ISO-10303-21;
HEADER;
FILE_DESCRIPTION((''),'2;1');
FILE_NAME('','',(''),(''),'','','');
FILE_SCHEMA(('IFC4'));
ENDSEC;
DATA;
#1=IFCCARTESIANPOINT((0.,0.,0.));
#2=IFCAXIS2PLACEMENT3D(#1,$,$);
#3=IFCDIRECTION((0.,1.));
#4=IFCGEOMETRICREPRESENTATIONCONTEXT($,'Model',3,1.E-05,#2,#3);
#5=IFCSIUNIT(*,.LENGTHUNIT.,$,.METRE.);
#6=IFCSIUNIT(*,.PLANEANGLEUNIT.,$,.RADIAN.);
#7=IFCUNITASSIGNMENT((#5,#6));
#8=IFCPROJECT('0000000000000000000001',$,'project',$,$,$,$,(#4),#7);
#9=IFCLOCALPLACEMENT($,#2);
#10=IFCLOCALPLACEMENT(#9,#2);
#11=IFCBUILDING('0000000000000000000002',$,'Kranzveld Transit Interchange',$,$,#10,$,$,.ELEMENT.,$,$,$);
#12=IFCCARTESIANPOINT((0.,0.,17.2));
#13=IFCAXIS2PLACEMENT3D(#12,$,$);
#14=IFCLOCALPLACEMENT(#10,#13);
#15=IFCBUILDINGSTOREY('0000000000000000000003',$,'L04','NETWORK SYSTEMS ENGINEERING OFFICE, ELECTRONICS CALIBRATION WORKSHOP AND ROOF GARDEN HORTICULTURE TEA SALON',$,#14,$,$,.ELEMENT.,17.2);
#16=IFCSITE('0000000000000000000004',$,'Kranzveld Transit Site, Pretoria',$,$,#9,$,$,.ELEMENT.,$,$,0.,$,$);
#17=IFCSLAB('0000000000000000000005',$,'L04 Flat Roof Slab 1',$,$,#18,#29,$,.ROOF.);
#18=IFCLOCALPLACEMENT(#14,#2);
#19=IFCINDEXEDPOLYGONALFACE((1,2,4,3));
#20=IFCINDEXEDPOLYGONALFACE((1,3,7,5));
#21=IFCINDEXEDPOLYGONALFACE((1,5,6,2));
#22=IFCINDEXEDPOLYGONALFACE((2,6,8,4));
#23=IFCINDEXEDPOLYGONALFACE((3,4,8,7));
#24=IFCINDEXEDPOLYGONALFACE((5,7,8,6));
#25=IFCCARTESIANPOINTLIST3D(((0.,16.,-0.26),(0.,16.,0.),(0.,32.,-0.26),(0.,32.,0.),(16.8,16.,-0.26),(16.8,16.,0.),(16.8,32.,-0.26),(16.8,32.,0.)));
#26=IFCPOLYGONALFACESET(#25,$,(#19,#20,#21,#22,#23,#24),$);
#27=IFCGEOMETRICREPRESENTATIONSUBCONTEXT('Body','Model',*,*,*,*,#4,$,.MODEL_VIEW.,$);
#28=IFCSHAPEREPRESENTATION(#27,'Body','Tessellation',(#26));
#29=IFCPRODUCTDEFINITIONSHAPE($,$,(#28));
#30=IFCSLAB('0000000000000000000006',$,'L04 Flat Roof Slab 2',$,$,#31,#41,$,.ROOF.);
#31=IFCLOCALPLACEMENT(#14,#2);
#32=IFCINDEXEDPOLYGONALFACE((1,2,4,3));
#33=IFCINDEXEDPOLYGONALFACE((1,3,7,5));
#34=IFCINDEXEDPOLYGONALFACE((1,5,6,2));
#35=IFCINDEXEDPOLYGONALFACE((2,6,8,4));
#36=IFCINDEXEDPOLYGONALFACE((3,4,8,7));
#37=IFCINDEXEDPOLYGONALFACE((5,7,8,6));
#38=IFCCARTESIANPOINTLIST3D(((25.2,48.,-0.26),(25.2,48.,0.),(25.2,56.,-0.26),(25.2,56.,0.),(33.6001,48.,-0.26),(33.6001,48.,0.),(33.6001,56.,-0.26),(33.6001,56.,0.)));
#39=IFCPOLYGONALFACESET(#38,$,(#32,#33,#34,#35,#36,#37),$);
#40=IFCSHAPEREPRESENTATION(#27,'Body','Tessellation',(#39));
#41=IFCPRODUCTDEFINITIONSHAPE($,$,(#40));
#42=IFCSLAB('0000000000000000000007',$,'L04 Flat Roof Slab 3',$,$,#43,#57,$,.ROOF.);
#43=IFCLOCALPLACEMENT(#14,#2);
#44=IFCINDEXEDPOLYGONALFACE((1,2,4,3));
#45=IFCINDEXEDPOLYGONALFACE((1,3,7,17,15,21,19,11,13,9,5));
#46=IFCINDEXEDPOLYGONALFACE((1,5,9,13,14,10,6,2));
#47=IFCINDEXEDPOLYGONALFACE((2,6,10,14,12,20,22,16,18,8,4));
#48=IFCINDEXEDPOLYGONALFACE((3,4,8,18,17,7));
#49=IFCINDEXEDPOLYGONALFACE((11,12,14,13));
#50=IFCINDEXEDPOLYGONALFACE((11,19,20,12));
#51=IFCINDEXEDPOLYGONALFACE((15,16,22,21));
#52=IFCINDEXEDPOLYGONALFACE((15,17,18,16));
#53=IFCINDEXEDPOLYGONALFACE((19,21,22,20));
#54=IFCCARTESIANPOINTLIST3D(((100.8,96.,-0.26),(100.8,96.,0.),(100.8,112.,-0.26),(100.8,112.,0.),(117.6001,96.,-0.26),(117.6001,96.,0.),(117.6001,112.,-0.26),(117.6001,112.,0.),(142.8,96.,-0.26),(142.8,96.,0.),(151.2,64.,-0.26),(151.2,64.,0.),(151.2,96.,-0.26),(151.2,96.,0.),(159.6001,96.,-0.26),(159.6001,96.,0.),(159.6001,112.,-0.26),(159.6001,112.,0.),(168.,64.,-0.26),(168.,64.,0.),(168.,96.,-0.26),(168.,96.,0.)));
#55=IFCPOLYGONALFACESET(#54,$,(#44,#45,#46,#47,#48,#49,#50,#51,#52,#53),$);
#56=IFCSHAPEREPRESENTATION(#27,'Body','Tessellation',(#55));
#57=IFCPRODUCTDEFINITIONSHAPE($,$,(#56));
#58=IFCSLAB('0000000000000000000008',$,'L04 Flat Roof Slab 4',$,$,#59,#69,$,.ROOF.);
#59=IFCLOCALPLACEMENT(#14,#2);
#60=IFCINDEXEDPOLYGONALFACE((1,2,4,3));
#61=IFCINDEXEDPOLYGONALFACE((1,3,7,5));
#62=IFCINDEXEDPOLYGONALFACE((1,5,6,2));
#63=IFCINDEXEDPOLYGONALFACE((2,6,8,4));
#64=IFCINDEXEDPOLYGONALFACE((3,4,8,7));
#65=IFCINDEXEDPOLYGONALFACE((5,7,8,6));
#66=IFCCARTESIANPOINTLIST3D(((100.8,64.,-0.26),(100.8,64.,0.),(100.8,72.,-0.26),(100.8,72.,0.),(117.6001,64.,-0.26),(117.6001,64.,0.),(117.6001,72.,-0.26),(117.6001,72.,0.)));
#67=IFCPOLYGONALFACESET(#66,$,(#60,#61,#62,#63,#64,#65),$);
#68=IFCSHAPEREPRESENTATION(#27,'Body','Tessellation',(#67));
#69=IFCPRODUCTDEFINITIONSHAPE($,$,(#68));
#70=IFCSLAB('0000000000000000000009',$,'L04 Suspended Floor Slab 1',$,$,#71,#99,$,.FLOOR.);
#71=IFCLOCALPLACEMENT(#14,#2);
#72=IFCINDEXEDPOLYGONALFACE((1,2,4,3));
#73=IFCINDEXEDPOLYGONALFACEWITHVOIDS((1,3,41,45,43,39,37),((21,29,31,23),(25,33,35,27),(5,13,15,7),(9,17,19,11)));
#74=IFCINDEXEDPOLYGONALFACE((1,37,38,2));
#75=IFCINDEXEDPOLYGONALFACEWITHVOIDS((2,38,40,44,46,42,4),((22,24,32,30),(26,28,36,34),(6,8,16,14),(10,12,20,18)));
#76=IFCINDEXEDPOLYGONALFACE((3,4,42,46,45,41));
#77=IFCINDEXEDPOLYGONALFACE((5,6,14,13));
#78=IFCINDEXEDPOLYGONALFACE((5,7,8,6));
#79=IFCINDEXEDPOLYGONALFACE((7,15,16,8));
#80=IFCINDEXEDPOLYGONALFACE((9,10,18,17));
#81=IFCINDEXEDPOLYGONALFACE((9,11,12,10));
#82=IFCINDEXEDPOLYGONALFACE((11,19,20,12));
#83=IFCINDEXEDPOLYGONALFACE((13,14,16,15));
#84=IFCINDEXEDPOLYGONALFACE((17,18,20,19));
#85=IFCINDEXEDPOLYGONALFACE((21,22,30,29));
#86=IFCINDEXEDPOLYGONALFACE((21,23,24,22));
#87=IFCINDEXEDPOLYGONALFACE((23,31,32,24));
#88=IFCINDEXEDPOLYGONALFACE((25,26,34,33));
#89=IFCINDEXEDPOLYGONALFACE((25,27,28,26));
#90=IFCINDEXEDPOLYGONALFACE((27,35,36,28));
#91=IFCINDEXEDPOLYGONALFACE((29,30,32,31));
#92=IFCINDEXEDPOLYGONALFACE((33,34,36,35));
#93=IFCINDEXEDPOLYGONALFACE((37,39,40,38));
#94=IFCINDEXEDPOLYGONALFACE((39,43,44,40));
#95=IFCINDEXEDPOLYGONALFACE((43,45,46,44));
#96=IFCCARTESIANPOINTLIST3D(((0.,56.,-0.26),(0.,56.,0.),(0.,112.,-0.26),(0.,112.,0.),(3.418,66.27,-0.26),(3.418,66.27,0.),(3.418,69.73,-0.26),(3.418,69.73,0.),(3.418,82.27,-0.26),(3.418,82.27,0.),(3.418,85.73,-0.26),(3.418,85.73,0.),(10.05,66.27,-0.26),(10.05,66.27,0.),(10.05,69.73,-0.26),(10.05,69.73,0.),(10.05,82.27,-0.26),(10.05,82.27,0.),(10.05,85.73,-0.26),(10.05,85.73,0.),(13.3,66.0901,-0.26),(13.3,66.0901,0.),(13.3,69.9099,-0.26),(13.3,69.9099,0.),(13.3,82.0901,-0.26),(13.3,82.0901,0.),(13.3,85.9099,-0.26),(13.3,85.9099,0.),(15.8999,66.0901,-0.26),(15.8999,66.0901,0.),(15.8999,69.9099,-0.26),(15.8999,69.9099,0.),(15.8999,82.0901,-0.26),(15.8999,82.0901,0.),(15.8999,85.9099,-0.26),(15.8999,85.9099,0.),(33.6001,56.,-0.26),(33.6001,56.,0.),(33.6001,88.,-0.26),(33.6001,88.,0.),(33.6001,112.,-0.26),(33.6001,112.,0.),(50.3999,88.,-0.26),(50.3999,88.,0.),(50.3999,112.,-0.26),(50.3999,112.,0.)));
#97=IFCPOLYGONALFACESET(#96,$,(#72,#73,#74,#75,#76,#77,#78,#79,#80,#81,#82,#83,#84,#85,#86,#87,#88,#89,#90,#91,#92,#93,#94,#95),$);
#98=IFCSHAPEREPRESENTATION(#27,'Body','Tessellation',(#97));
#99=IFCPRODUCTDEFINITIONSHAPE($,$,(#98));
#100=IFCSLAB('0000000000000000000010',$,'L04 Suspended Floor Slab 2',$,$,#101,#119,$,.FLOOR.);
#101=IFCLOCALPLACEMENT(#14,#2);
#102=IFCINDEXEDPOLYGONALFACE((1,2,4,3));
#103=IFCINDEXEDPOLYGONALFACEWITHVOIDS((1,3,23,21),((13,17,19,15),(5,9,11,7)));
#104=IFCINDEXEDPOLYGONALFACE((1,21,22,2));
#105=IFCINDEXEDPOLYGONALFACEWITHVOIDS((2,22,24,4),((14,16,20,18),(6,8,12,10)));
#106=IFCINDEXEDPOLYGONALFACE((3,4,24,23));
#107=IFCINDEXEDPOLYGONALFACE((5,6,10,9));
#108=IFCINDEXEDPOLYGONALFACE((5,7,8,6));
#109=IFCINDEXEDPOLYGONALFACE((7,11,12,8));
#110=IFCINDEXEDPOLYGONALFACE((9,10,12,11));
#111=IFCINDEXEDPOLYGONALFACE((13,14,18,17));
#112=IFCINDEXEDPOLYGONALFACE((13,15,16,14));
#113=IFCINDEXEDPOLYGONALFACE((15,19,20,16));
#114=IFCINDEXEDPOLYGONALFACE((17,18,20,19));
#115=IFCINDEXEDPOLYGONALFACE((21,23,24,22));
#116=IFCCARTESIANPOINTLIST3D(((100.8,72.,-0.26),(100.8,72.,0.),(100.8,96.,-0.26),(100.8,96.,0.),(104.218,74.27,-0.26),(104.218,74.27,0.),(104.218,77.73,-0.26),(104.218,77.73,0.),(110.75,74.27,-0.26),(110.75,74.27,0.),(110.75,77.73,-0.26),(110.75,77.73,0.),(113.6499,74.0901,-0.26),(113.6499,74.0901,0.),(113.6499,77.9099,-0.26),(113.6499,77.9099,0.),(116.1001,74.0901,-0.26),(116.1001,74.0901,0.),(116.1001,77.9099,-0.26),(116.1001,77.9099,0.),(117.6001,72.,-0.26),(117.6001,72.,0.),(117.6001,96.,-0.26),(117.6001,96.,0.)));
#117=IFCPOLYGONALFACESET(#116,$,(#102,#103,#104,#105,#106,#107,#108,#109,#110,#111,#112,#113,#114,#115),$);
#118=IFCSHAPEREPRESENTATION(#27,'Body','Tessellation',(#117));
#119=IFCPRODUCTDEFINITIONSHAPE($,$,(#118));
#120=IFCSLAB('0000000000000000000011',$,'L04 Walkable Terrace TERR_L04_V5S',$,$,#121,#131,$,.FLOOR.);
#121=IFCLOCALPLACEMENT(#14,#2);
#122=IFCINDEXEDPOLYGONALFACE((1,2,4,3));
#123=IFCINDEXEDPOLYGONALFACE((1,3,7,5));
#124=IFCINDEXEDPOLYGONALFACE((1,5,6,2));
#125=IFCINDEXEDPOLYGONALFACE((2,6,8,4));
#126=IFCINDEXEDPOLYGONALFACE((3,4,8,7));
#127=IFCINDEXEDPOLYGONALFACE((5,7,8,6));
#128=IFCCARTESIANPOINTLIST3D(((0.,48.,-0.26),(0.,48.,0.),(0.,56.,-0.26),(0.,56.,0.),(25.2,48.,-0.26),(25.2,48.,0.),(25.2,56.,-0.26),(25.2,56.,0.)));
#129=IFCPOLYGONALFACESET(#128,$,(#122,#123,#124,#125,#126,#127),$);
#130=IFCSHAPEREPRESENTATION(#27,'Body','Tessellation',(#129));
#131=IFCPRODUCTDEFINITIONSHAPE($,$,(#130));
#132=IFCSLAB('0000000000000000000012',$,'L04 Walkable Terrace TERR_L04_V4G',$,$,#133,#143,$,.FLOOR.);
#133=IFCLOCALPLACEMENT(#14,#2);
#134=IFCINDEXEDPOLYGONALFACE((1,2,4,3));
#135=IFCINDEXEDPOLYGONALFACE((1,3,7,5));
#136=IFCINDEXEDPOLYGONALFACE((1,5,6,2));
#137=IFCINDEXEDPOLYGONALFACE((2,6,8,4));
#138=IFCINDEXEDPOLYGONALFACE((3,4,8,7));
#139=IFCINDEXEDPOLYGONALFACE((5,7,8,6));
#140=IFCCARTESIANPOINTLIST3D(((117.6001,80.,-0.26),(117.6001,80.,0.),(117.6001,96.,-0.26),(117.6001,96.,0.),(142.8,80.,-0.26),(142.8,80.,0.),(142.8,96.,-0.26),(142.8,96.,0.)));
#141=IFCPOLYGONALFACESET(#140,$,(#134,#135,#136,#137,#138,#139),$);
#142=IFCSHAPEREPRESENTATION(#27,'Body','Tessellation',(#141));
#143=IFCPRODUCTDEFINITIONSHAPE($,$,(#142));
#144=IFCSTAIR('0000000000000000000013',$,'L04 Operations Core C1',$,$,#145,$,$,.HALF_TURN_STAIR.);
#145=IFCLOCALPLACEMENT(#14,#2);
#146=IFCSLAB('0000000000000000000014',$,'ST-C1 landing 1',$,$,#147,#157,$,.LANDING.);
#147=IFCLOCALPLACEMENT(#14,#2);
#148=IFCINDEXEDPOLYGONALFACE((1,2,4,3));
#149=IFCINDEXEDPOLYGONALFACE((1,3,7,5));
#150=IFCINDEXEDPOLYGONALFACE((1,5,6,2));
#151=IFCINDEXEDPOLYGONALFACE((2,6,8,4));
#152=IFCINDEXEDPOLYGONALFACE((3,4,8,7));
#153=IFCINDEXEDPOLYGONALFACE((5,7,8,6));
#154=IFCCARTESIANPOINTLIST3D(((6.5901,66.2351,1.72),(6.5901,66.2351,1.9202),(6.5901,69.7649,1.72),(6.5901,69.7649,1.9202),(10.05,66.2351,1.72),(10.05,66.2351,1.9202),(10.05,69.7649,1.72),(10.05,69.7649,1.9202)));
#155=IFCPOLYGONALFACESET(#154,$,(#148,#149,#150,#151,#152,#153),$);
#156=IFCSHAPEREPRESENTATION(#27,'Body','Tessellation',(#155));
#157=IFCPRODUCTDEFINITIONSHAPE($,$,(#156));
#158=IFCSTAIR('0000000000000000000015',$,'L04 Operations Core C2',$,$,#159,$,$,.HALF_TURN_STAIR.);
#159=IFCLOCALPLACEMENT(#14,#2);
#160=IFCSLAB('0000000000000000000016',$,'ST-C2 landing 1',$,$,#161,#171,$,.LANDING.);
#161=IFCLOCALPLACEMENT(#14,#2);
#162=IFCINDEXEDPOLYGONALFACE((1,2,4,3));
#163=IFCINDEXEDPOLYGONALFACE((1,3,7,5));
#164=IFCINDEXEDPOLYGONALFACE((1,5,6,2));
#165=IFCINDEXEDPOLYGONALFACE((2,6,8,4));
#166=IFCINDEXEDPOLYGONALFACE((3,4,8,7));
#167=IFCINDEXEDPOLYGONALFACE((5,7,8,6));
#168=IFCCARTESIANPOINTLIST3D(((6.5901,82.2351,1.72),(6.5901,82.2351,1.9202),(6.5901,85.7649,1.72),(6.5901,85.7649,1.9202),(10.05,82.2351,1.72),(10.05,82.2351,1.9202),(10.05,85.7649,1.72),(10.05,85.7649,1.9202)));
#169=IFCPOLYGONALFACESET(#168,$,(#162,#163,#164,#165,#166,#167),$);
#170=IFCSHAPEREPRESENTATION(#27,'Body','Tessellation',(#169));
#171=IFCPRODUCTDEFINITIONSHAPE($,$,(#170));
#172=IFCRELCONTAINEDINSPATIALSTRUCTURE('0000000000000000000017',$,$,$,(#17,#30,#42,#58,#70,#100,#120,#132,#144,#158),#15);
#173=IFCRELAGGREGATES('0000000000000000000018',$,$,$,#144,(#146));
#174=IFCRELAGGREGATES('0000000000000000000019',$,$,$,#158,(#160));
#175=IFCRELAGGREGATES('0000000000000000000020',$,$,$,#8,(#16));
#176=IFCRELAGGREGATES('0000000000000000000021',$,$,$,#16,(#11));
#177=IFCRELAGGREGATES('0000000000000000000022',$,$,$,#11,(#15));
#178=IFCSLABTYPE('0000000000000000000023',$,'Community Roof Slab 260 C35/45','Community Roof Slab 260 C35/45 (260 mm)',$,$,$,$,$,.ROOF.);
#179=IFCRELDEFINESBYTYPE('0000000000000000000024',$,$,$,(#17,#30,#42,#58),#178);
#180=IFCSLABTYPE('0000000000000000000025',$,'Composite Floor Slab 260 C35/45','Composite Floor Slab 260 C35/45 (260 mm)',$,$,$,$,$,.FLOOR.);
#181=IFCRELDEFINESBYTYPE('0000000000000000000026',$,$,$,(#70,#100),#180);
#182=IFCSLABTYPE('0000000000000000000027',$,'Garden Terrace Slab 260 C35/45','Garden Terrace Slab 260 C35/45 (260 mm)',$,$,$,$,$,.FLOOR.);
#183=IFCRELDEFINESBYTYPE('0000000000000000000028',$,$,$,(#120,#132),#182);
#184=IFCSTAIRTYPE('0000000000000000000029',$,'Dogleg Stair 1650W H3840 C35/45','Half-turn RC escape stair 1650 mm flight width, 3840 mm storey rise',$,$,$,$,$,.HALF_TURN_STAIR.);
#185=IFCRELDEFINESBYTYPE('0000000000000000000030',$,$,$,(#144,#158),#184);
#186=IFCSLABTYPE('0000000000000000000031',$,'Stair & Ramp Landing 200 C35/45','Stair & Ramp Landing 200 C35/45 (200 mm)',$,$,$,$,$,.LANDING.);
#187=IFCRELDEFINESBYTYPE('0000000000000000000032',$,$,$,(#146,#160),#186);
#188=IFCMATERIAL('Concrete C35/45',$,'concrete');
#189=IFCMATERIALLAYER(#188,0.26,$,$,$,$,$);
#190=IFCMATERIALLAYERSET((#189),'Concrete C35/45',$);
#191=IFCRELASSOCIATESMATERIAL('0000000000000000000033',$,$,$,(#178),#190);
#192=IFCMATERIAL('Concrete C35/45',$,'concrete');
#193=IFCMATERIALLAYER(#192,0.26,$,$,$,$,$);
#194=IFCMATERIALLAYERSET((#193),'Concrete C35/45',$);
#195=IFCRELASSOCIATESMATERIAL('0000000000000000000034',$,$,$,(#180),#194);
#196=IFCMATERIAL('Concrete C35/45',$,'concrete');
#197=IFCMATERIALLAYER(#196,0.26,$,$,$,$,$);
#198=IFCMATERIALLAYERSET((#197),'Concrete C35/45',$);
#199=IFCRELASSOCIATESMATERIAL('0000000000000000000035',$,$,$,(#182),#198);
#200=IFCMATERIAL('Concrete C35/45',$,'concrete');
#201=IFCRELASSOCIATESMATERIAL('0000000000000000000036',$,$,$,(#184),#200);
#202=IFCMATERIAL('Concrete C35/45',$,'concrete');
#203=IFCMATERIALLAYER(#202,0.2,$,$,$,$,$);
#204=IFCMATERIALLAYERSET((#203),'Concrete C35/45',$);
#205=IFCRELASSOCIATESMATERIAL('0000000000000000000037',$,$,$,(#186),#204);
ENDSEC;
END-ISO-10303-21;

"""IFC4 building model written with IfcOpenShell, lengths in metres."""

from ifc_helpers import new_model, si_unit, direction, frame, origin, place, context, subcontext, project, spatial, polyline, outline, extrude, material, layer, layer_set, type_object, element, aggregate, save


model = new_model("IFC4")

# Units and contexts
model_context = context("Model", 3, precision=1e-05, world=origin(), true_north=direction((0.0, 1.0)))
body_context = subcontext(model_context, "Body", "Model", "MODEL_VIEW")
ifc_project = project(units=[si_unit("LENGTHUNIT", "METRE"), si_unit("PLANEANGLEUNIT", "RADIAN")], contexts=[model_context])

# Site, building, storey
site_placement = place(None, origin())
site = spatial("IfcSite", under=ifc_project, at=site_placement, Name="Kranzveld Transit Site, Pretoria", CompositionType="ELEMENT", RefElevation=0.0)
building_placement = place(site_placement, origin())
building = spatial("IfcBuilding", under=site, at=building_placement, Name="Kranzveld Transit Interchange", CompositionType="ELEMENT")
storey_placement = place(building_placement, frame((0.0, 0.0, 17.2)))
storey = spatial("IfcBuildingStorey", under=building, at=storey_placement, Name="L04", Description="NETWORK SYSTEMS ENGINEERING OFFICE, ELECTRONICS CALIBRATION WORKSHOP AND ROOF GARDEN HORTICULTURE TEA SALON", CompositionType="ELEMENT", Elevation=17.2)

# Slabs
ifc_material_1 = material(Name="Concrete C35/45", Category="concrete")
ifc_layer_1 = layer(ifc_material_1, 0.26)
ifc_layer_set_1 = layer_set([ifc_layer_1], Name="Concrete C35/45")
slab_type_1 = type_object("IfcSlabType", Name="Community Roof Slab 260 C35/45", Description="Community Roof Slab 260 C35/45 (260 mm)", PredefinedType="ROOF", material=ifc_layer_set_1)
slab_1_placement = place(storey_placement, frame((0.0, 0.0, -0.26)))
element("IfcSlab", 1, at=slab_1_placement, inside=storey, type_object=slab_type_1, Name="L04 Flat Roof Slab 1", PredefinedType="ROOF", context=body_context, shape_type="SweptSolid", body=[
    extrude(outline(polyline([(16.8, 32.0), (16.8, 16.0), (0.0, 16.0), (0.0, 32.0), (16.8, 32.0)])), origin(), (0.0, 0.0, 1.0), 0.26),
])
slab_2_placement = place(storey_placement, frame((0.0, 0.0, -0.26)))
element("IfcSlab", 2, at=slab_2_placement, inside=storey, type_object=slab_type_1, Name="L04 Flat Roof Slab 2", PredefinedType="ROOF", context=body_context, shape_type="SweptSolid", body=[
    extrude(outline(polyline([(33.6001, 48.0), (25.2, 48.0), (25.2, 56.0), (33.6001, 56.0), (33.6001, 48.0)])), origin(), (0.0, 0.0, 1.0), 0.26),
])
slab_3_placement = place(storey_placement, frame((0.0, 0.0, -0.26)))
element("IfcSlab", 3, at=slab_3_placement, inside=storey, type_object=slab_type_1, Name="L04 Flat Roof Slab 3", PredefinedType="ROOF", context=body_context, shape_type="SweptSolid", body=[
    extrude(outline(polyline([(168.0, 64.0), (151.2, 64.0), (151.2, 96.0), (142.8, 96.0), (117.6001, 96.0), (100.8, 96.0), (100.8, 112.0), (117.6001, 112.0), (159.6001, 112.0), (159.6001, 96.0), (168.0, 96.0), (168.0, 64.0)])), origin(), (0.0, 0.0, 1.0), 0.26),
])
slab_4_placement = place(storey_placement, frame((0.0, 0.0, -0.26)))
element("IfcSlab", 4, at=slab_4_placement, inside=storey, type_object=slab_type_1, Name="L04 Flat Roof Slab 4", PredefinedType="ROOF", context=body_context, shape_type="SweptSolid", body=[
    extrude(outline(polyline([(117.6001, 64.0), (100.8, 64.0), (100.8, 72.0), (117.6001, 72.0), (117.6001, 64.0)])), origin(), (0.0, 0.0, 1.0), 0.26),
])
ifc_material_2 = material(Name="Concrete C35/45", Category="concrete")
ifc_layer_2 = layer(ifc_material_2, 0.26)
ifc_layer_set_2 = layer_set([ifc_layer_2], Name="Concrete C35/45")
slab_type_2 = type_object("IfcSlabType", Name="Composite Floor Slab 260 C35/45", Description="Composite Floor Slab 260 C35/45 (260 mm)", PredefinedType="FLOOR", material=ifc_layer_set_2)
slab_5_placement = place(storey_placement, frame((0.0, 0.0, -0.26)))
element("IfcSlab", 5, at=slab_5_placement, inside=storey, type_object=slab_type_2, Name="L04 Suspended Floor Slab 1", PredefinedType="FLOOR", context=body_context, shape_type="SweptSolid", body=[
    extrude(outline(polyline([(0.0, 56.0), (0.0, 112.0), (33.6001, 112.0), (50.3999, 112.0), (50.3999, 88.0), (33.6001, 88.0), (33.6001, 56.0), (0.0, 56.0)]), holes=[polyline([(3.418, 69.73), (3.418, 66.27), (10.05, 66.27), (10.05, 69.73), (3.418, 69.73)]), polyline([(13.3, 69.9099), (13.3, 66.0901), (15.8999, 66.0901), (15.8999, 69.9099), (13.3, 69.9099)]), polyline([(10.05, 85.73), (3.418, 85.73), (3.418, 82.27), (10.05, 82.27), (10.05, 85.73)]), polyline([(13.3, 85.9099), (13.3, 82.0901), (15.8999, 82.0901), (15.8999, 85.9099), (13.3, 85.9099)])]), origin(), (0.0, 0.0, 1.0), 0.26),
])
slab_6_placement = place(storey_placement, frame((0.0, 0.0, -0.26)))
element("IfcSlab", 6, at=slab_6_placement, inside=storey, type_object=slab_type_2, Name="L04 Suspended Floor Slab 2", PredefinedType="FLOOR", context=body_context, shape_type="SweptSolid", body=[
    extrude(outline(polyline([(117.6001, 96.0), (117.6001, 72.0), (100.8, 72.0), (100.8, 96.0), (117.6001, 96.0)]), holes=[polyline([(110.75, 77.73), (104.218, 77.73), (104.218, 74.27), (110.75, 74.27), (110.75, 77.73)]), polyline([(113.6499, 74.0901), (116.1001, 74.0901), (116.1001, 77.9099), (113.6499, 77.9099), (113.6499, 74.0901)])]), origin(), (0.0, 0.0, 1.0), 0.26),
])
ifc_material_3 = material(Name="Concrete C35/45", Category="concrete")
ifc_layer_3 = layer(ifc_material_3, 0.26)
ifc_layer_set_3 = layer_set([ifc_layer_3], Name="Concrete C35/45")
slab_type_3 = type_object("IfcSlabType", Name="Garden Terrace Slab 260 C35/45", Description="Garden Terrace Slab 260 C35/45 (260 mm)", PredefinedType="FLOOR", material=ifc_layer_set_3)
slab_7_placement = place(storey_placement, frame((0.0, 0.0, -0.26)))
element("IfcSlab", 7, at=slab_7_placement, inside=storey, type_object=slab_type_3, Name="L04 Walkable Terrace TERR_L04_V5S", PredefinedType="FLOOR", context=body_context, shape_type="SweptSolid", body=[
    extrude(outline(polyline([(25.2, 48.0), (25.2, 56.0), (0.0, 56.0), (0.0, 48.0), (25.2, 48.0)])), origin(), (0.0, 0.0, 1.0), 0.26),
])
slab_8_placement = place(storey_placement, frame((0.0, 0.0, -0.26)))
element("IfcSlab", 8, at=slab_8_placement, inside=storey, type_object=slab_type_3, Name="L04 Walkable Terrace TERR_L04_V4G", PredefinedType="FLOOR", context=body_context, shape_type="SweptSolid", body=[
    extrude(outline(polyline([(142.8, 80.0), (142.8, 96.0), (117.6001, 96.0), (117.6001, 80.0), (142.8, 80.0)])), origin(), (0.0, 0.0, 1.0), 0.26),
])

# Stairs, slabs
ifc_material_4 = material(Name="Concrete C35/45", Category="concrete")
stair_type = type_object("IfcStairType", Name="Dogleg Stair 1650W H3840 C35/45", Description="Half-turn RC escape stair 1650 mm flight width, 3840 mm storey rise", PredefinedType="HALF_TURN_STAIR", material=ifc_material_4)
stair_1_placement = place(storey_placement, origin())
stair_1 = element("IfcStair", 9, at=stair_1_placement, inside=storey, type_object=stair_type, Name="L04 Operations Core C1", PredefinedType="HALF_TURN_STAIR")
ifc_material_5 = material(Name="Concrete C35/45", Category="concrete")
ifc_layer_4 = layer(ifc_material_5, 0.2)
ifc_layer_set_4 = layer_set([ifc_layer_4], Name="Concrete C35/45")
slab_type_4 = type_object("IfcSlabType", Name="Stair & Ramp Landing 200 C35/45", Description="Stair & Ramp Landing 200 C35/45 (200 mm)", PredefinedType="LANDING", material=ifc_layer_set_4)
slab_9_placement = place(storey_placement, frame((0.0, 0.0, 1.72)))
slab_9 = element("IfcSlab", 10, at=slab_9_placement, type_object=slab_type_4, Name="ST-C1 landing 1", PredefinedType="LANDING", context=body_context, shape_type="SweptSolid", body=[
    extrude(outline(polyline([(6.5901, 66.2351), (10.05, 66.2351), (10.05, 69.7649), (6.5901, 69.7649), (6.5901, 66.2351)])), origin(), (0.0, 0.0, 1.0), 0.2002),
])
aggregate(stair_1, [slab_9])
stair_2_placement = place(storey_placement, origin())
stair_2 = element("IfcStair", 11, at=stair_2_placement, inside=storey, type_object=stair_type, Name="L04 Operations Core C2", PredefinedType="HALF_TURN_STAIR")
slab_10_placement = place(storey_placement, frame((0.0, 0.0, 1.72)))
slab_10 = element("IfcSlab", 12, at=slab_10_placement, type_object=slab_type_4, Name="ST-C2 landing 1", PredefinedType="LANDING", context=body_context, shape_type="SweptSolid", body=[
    extrude(outline(polyline([(6.5901, 82.2351), (10.05, 82.2351), (10.05, 85.7649), (6.5901, 85.7649), (6.5901, 82.2351)])), origin(), (0.0, 0.0, 1.0), 0.2002),
])
aggregate(stair_2, [slab_10])

save(model, "model.ifc")
